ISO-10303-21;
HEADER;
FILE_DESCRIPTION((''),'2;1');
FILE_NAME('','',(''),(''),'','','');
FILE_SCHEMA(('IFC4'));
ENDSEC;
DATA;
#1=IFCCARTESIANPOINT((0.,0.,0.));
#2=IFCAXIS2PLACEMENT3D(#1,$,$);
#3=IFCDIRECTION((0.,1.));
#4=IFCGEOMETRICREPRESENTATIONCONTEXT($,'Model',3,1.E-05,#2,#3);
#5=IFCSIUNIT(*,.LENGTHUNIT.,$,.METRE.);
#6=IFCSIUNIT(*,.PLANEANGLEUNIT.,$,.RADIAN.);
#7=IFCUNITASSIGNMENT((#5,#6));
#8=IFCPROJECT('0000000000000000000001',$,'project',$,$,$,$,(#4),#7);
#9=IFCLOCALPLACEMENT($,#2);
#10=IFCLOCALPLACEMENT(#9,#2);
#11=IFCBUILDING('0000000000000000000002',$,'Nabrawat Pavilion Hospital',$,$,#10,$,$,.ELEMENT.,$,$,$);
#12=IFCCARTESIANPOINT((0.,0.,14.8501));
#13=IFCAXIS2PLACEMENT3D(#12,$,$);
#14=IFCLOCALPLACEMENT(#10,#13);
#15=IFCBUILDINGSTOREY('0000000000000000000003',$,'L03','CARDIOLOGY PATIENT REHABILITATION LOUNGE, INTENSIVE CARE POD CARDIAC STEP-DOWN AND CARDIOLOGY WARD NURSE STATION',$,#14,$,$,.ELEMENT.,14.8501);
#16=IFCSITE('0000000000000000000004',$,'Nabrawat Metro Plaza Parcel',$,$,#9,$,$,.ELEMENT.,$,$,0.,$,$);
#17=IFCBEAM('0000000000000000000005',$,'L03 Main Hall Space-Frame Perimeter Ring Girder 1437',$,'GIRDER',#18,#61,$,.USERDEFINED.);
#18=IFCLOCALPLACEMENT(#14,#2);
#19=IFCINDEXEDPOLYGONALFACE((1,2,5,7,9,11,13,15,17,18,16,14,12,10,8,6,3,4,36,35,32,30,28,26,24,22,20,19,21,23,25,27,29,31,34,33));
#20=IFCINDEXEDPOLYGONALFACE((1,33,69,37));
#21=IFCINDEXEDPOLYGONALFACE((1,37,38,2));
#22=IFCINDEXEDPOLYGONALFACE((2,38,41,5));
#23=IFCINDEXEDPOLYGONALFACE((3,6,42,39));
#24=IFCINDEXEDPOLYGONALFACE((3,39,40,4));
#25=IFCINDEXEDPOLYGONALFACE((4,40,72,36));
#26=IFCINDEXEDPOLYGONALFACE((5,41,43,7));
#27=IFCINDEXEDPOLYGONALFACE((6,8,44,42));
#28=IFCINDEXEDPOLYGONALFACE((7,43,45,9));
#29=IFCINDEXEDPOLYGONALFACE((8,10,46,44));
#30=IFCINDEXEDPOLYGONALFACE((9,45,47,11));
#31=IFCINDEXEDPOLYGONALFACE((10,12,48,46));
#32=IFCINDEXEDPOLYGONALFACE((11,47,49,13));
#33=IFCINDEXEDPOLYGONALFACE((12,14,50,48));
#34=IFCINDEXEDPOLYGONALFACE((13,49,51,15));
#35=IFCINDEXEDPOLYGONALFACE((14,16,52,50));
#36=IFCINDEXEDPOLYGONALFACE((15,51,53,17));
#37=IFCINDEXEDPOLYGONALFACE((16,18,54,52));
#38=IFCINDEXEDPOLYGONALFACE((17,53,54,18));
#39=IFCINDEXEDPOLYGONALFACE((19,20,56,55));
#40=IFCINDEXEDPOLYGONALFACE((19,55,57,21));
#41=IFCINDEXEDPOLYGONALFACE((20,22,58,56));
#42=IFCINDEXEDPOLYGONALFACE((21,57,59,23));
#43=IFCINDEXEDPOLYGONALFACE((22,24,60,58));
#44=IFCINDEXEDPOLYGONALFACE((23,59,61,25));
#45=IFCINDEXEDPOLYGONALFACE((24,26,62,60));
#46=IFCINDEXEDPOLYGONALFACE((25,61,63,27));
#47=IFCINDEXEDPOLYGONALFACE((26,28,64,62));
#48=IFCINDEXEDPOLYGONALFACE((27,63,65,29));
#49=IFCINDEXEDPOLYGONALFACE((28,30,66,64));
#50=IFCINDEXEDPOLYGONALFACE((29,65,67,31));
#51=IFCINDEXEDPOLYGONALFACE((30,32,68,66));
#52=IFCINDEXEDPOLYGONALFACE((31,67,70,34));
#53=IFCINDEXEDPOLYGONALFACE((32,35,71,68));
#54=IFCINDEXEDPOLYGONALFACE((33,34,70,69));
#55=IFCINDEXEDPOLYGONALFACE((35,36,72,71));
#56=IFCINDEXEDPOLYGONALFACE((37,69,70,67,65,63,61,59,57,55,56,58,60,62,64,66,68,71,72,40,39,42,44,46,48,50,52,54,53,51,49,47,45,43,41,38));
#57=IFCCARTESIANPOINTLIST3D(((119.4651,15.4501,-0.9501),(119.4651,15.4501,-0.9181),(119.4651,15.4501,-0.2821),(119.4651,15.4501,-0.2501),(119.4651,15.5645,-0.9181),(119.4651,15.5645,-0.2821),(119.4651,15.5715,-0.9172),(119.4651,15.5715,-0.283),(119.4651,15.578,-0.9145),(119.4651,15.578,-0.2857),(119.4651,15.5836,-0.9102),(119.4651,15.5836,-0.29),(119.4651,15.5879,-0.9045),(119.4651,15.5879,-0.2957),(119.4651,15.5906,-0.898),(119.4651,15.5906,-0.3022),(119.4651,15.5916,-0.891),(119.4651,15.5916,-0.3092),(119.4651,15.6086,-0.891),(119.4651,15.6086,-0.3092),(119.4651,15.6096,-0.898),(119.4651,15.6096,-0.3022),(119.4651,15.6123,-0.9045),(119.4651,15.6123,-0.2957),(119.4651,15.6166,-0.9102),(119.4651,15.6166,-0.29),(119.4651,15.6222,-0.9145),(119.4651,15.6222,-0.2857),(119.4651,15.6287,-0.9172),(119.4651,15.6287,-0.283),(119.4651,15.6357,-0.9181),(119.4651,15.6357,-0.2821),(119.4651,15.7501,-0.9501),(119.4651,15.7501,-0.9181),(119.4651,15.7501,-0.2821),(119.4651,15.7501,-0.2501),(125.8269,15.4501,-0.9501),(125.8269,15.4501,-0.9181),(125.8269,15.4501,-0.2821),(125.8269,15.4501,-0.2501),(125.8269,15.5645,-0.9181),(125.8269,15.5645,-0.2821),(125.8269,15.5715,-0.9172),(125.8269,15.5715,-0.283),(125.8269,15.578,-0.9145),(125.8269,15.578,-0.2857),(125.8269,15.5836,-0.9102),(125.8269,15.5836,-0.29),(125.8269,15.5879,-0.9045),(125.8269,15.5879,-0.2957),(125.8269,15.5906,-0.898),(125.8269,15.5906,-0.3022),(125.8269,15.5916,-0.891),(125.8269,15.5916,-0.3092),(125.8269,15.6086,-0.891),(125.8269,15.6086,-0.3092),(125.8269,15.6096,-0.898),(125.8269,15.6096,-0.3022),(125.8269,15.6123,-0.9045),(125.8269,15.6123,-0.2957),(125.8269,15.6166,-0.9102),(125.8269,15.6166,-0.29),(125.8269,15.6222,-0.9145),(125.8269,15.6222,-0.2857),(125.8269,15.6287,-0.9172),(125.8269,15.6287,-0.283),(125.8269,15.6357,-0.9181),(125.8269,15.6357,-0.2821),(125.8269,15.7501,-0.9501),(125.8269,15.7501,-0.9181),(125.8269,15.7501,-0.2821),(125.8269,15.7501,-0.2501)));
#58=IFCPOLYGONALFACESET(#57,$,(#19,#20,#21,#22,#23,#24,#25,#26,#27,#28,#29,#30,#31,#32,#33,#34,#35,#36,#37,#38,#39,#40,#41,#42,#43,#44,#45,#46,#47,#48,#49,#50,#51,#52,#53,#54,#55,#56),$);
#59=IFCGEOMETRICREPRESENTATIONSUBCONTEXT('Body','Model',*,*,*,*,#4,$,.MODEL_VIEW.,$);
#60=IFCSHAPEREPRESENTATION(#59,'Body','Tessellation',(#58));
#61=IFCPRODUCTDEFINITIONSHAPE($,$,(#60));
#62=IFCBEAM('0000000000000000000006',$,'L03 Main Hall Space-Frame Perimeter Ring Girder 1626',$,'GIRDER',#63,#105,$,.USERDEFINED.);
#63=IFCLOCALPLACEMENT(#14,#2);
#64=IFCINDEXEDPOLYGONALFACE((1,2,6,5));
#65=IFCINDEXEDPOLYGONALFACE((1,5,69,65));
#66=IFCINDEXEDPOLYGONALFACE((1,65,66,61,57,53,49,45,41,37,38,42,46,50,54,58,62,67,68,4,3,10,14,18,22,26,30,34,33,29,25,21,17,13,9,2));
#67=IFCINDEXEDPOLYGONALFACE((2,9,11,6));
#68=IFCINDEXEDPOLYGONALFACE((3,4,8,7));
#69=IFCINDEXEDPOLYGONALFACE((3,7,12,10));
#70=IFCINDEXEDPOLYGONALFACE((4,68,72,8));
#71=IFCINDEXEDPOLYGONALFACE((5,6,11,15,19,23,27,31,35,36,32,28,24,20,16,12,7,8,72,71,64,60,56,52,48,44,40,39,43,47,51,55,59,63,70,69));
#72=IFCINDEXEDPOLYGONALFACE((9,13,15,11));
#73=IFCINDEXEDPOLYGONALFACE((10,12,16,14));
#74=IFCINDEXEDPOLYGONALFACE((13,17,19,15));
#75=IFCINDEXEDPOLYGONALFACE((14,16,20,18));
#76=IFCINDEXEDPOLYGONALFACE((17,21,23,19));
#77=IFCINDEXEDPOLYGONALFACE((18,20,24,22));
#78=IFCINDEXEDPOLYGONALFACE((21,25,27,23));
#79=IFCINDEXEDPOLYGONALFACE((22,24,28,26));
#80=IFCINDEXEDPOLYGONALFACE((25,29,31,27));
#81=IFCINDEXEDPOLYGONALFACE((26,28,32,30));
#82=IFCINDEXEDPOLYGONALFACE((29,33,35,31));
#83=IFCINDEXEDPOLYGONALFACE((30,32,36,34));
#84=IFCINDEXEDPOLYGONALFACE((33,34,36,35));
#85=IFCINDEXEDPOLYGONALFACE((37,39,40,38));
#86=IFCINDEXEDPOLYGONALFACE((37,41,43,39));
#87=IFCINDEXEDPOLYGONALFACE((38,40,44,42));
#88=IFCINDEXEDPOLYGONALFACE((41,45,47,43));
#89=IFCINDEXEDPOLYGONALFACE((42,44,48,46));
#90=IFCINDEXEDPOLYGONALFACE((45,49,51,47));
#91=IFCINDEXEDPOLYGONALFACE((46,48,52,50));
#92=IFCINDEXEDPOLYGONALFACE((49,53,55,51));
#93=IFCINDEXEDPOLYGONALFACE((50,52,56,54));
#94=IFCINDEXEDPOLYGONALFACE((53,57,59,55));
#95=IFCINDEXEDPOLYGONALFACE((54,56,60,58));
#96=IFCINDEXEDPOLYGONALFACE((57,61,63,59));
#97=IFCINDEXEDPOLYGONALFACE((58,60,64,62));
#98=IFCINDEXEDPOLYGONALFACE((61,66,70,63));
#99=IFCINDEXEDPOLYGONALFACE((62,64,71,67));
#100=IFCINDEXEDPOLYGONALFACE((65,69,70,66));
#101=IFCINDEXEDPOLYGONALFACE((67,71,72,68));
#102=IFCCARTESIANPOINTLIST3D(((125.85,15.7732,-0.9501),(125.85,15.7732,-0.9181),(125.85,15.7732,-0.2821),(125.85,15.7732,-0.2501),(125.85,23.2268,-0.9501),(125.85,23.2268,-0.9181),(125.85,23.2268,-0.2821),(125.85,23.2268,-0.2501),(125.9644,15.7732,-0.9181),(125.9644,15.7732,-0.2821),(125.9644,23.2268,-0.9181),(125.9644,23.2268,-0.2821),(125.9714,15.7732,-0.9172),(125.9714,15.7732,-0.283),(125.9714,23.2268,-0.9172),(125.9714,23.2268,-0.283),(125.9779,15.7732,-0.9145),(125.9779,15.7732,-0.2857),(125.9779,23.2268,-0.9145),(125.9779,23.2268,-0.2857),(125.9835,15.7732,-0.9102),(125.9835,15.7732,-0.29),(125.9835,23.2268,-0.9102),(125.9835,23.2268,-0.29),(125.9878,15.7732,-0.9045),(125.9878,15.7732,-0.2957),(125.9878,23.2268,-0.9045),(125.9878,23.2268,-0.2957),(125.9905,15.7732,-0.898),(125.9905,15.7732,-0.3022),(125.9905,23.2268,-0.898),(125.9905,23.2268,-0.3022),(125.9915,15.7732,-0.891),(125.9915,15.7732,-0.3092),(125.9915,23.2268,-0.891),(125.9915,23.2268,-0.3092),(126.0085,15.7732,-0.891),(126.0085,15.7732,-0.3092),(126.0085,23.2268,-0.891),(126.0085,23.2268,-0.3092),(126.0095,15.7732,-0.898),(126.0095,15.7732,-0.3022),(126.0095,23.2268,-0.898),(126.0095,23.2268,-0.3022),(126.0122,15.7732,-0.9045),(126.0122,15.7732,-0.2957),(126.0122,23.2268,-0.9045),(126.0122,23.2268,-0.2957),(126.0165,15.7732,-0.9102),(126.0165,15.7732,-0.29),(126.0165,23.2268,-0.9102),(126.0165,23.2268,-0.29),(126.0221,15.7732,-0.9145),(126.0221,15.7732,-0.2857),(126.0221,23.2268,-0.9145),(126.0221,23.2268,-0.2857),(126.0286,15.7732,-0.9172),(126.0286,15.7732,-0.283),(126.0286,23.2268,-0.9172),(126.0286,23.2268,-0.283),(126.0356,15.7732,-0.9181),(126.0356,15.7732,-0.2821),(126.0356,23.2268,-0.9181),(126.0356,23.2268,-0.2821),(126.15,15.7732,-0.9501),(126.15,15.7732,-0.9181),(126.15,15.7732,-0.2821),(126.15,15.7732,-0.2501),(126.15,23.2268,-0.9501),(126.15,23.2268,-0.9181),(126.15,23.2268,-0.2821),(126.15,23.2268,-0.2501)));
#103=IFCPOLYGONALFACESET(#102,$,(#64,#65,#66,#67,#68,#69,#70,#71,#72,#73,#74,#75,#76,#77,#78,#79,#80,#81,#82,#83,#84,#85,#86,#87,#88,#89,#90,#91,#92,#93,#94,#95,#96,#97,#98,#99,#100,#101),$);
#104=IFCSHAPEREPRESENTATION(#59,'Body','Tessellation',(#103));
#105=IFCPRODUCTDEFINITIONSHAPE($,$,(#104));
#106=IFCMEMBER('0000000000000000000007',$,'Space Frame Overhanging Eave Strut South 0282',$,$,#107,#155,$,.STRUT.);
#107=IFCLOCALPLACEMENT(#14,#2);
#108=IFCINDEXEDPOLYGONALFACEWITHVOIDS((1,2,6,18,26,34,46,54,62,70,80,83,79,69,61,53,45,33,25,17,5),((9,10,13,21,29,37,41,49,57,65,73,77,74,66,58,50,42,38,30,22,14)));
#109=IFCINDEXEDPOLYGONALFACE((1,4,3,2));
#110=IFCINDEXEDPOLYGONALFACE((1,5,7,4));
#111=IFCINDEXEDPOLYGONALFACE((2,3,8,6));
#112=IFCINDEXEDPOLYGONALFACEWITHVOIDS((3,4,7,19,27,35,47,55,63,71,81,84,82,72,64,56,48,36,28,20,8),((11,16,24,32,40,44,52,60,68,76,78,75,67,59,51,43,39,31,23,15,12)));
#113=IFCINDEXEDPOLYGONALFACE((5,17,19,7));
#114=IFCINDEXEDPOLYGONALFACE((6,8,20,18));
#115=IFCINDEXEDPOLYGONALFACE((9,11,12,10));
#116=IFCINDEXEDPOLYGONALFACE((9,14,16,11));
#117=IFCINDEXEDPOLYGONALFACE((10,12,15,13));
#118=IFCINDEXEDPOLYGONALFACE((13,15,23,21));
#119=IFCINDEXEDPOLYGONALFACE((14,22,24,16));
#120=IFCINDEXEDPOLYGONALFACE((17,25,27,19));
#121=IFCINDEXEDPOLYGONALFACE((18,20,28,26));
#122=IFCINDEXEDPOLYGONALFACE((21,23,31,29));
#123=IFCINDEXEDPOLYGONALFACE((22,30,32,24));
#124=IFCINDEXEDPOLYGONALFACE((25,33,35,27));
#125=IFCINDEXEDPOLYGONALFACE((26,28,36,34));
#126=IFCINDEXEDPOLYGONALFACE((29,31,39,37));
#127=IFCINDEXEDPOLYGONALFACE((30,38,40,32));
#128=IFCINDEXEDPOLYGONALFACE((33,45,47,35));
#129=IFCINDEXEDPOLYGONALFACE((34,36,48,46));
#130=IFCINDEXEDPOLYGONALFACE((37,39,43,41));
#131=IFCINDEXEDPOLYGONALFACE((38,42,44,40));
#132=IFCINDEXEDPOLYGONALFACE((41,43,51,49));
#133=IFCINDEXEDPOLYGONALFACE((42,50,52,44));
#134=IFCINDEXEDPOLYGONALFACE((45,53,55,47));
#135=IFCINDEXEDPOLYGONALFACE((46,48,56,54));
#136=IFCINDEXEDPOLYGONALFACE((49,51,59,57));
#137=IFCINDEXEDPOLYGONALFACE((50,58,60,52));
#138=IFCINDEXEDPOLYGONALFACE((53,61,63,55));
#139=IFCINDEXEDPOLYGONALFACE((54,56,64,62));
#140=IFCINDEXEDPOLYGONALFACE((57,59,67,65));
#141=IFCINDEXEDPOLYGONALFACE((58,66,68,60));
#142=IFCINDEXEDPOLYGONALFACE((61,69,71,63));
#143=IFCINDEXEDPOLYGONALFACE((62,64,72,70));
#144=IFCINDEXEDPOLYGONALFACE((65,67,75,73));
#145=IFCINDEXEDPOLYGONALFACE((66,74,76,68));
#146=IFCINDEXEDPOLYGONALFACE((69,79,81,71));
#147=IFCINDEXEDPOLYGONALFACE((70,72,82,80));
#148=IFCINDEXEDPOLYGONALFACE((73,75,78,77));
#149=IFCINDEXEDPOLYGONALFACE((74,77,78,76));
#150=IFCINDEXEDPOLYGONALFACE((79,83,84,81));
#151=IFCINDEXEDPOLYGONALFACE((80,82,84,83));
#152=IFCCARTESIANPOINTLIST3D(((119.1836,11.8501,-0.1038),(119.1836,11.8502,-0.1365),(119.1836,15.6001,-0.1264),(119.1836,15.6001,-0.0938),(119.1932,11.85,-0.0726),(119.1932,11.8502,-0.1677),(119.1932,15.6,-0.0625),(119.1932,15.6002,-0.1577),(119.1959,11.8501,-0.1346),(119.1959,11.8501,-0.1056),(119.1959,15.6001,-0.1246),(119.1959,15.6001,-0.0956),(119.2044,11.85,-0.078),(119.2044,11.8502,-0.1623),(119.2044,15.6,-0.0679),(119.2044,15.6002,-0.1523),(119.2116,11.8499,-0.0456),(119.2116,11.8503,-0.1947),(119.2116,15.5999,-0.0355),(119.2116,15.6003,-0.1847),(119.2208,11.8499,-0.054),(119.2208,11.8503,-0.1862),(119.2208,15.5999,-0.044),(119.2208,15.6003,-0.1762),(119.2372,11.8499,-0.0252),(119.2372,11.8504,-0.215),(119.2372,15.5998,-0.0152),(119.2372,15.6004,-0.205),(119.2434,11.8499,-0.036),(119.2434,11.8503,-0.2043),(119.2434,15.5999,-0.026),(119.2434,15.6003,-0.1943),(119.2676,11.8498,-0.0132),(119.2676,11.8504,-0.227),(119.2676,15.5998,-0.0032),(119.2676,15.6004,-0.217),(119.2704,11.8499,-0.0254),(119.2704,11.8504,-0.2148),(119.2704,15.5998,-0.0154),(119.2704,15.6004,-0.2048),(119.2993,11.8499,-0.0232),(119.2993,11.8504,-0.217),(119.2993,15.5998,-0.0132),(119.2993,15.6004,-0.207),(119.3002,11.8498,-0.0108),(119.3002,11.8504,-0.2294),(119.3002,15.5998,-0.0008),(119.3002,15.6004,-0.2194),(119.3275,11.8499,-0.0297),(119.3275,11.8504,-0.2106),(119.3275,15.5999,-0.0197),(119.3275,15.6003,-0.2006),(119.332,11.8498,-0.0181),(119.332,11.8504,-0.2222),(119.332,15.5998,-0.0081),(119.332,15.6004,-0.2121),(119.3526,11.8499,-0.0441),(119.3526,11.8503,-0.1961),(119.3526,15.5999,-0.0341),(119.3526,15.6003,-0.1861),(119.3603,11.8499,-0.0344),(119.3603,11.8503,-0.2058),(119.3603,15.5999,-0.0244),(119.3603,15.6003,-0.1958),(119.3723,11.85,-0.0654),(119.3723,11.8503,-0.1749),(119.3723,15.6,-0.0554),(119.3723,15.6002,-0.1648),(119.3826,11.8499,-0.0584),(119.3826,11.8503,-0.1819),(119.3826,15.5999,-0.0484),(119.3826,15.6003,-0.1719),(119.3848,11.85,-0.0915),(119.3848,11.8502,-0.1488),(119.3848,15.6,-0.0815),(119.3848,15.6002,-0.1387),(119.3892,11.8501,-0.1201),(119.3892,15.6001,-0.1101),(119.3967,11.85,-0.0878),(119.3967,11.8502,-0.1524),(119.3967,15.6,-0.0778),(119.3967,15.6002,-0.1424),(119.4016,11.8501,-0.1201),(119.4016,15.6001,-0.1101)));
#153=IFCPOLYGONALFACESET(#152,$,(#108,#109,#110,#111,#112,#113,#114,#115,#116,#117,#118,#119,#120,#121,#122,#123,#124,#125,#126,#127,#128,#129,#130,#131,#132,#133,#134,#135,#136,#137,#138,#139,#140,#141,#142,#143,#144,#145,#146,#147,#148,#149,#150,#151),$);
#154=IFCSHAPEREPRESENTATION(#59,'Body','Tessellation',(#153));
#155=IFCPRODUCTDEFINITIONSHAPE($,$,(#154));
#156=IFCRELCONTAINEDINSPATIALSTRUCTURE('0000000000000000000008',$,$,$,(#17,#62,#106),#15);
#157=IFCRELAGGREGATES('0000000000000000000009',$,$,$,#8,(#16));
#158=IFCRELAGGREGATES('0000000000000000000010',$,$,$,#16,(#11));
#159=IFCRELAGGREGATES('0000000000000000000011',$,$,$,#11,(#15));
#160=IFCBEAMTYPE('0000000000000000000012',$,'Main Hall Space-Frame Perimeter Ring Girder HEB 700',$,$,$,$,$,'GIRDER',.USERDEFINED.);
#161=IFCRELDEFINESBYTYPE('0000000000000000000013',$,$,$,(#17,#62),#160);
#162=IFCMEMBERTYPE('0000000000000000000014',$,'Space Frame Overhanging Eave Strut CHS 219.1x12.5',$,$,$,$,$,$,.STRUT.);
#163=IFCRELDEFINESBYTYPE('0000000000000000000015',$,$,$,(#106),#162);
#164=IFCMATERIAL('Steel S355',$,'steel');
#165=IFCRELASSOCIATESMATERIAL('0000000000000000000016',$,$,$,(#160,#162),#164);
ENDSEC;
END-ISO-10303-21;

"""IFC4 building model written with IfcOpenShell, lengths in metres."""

from ifc_helpers import new_model, si_unit, direction, frame, origin, origin_2d, place, context, subcontext, project, spatial, hollow_circle, i_section, extrude, material, material_profile, profile_set, type_object, element, save


model = new_model("IFC4")

# Units and contexts
model_context = context("Model", 3, precision=1e-05, world=origin(), true_north=direction((0.0, 1.0)))
body_context = subcontext(model_context, "Body", "Model", "MODEL_VIEW")
ifc_project = project(units=[si_unit("LENGTHUNIT", "METRE"), si_unit("PLANEANGLEUNIT", "RADIAN")], contexts=[model_context])

# Site, building, storey
site_placement = place(None, origin())
site = spatial("IfcSite", under=ifc_project, at=site_placement, Name="Nabrawat Metro Plaza Parcel", CompositionType="ELEMENT", RefElevation=0.0)
building_placement = place(site_placement, origin())
building = spatial("IfcBuilding", under=site, at=building_placement, Name="Nabrawat Pavilion Hospital", CompositionType="ELEMENT")
storey_placement = place(building_placement, frame((0.0, 0.0, 14.8501)))
storey = spatial("IfcBuildingStorey", under=building, at=storey_placement, Name="L03", Description="CARDIOLOGY PATIENT REHABILITATION LOUNGE, INTENSIVE CARE POD CARDIAC STEP-DOWN AND CARDIOLOGY WARD NURSE STATION", CompositionType="ELEMENT", Elevation=14.8501)

# Beams
ifc_material = material(Name="Steel S355", Category="steel")
ifc_material_profile_1 = material_profile(ifc_material, i_section(OverallWidth=0.3, OverallDepth=0.7, WebThickness=0.0171, FlangeThickness=0.032, FilletRadius=0.0271, at=origin_2d()), Name="HEB 700")
ifc_profile_set_1 = profile_set([ifc_material_profile_1], Name="Steel S355")
beam_type_1 = type_object("IfcBeamType", Name="Main Hall Space-Frame Perimeter Ring Girder HEB 700", ElementType="GIRDER", PredefinedType="USERDEFINED", material=ifc_profile_set_1)
beam_1_placement = place(storey_placement, frame((119.4651, 15.6001, -0.6001), z_axis=(1.0, 0.0, 0.0), x_axis=(0.0, 1.0, 0.0)))
element("IfcBeam", 1, at=beam_1_placement, inside=storey, type_object=beam_type_1, Name="L03 Main Hall Space-Frame Perimeter Ring Girder 1437", ObjectType="GIRDER", PredefinedType="USERDEFINED", context=body_context, shape_type="SweptSolid", body=[
    extrude(i_section(OverallWidth=0.3, OverallDepth=0.7, WebThickness=0.0171, FlangeThickness=0.032, FilletRadius=0.0271, at=origin_2d()), origin(), (0.0, 0.0, 1.0), 6.3618),
])
beam_2_placement = place(storey_placement, frame((126.0, 15.7732, -0.6001), z_axis=(0.0, 1.0, 0.0), x_axis=(-1.0, 0.0, 0.0)))
element("IfcBeam", 2, at=beam_2_placement, inside=storey, type_object=beam_type_1, Name="L03 Main Hall Space-Frame Perimeter Ring Girder 1626", ObjectType="GIRDER", PredefinedType="USERDEFINED", context=body_context, shape_type="SweptSolid", body=[
    extrude(i_section(OverallWidth=0.3, OverallDepth=0.7, WebThickness=0.0171, FlangeThickness=0.032, FilletRadius=0.0271, at=origin_2d()), origin(), (0.0, 0.0, 1.0), 7.4536),
])

# Member
ifc_material_profile_2 = material_profile(ifc_material, hollow_circle(Radius=0.1096, WallThickness=0.0125, at=origin_2d()), Name="CHS 219.1x12.5")
ifc_profile_set_2 = profile_set([ifc_material_profile_2], Name="Steel S355")
member_type_1 = type_object("IfcMemberType", Name="Space Frame Overhanging Eave Strut CHS 219.1x12.5", PredefinedType="STRUT", material=ifc_profile_set_2)
for number, where, z_axis, x_axis, name in (
    (3, (119.292, 15.6001, -0.1101), (0.0, -0.999996, -0.002669), (1.0, 0.0, 0.0), "Space Frame Overhanging Eave Strut South 0282"),
):
    element("IfcMember", number, at=place(storey_placement, frame(where, z_axis=z_axis, x_axis=x_axis)), inside=storey, type_object=member_type_1, Name=name, PredefinedType="STRUT", context=body_context, shape_type="SweptSolid", body=[
        extrude(hollow_circle(Radius=0.1096, WallThickness=0.0125, at=origin_2d()), origin(), (0.0, 0.0, 1.0), 3.75),
    ])

save(model, "model.ifc")
